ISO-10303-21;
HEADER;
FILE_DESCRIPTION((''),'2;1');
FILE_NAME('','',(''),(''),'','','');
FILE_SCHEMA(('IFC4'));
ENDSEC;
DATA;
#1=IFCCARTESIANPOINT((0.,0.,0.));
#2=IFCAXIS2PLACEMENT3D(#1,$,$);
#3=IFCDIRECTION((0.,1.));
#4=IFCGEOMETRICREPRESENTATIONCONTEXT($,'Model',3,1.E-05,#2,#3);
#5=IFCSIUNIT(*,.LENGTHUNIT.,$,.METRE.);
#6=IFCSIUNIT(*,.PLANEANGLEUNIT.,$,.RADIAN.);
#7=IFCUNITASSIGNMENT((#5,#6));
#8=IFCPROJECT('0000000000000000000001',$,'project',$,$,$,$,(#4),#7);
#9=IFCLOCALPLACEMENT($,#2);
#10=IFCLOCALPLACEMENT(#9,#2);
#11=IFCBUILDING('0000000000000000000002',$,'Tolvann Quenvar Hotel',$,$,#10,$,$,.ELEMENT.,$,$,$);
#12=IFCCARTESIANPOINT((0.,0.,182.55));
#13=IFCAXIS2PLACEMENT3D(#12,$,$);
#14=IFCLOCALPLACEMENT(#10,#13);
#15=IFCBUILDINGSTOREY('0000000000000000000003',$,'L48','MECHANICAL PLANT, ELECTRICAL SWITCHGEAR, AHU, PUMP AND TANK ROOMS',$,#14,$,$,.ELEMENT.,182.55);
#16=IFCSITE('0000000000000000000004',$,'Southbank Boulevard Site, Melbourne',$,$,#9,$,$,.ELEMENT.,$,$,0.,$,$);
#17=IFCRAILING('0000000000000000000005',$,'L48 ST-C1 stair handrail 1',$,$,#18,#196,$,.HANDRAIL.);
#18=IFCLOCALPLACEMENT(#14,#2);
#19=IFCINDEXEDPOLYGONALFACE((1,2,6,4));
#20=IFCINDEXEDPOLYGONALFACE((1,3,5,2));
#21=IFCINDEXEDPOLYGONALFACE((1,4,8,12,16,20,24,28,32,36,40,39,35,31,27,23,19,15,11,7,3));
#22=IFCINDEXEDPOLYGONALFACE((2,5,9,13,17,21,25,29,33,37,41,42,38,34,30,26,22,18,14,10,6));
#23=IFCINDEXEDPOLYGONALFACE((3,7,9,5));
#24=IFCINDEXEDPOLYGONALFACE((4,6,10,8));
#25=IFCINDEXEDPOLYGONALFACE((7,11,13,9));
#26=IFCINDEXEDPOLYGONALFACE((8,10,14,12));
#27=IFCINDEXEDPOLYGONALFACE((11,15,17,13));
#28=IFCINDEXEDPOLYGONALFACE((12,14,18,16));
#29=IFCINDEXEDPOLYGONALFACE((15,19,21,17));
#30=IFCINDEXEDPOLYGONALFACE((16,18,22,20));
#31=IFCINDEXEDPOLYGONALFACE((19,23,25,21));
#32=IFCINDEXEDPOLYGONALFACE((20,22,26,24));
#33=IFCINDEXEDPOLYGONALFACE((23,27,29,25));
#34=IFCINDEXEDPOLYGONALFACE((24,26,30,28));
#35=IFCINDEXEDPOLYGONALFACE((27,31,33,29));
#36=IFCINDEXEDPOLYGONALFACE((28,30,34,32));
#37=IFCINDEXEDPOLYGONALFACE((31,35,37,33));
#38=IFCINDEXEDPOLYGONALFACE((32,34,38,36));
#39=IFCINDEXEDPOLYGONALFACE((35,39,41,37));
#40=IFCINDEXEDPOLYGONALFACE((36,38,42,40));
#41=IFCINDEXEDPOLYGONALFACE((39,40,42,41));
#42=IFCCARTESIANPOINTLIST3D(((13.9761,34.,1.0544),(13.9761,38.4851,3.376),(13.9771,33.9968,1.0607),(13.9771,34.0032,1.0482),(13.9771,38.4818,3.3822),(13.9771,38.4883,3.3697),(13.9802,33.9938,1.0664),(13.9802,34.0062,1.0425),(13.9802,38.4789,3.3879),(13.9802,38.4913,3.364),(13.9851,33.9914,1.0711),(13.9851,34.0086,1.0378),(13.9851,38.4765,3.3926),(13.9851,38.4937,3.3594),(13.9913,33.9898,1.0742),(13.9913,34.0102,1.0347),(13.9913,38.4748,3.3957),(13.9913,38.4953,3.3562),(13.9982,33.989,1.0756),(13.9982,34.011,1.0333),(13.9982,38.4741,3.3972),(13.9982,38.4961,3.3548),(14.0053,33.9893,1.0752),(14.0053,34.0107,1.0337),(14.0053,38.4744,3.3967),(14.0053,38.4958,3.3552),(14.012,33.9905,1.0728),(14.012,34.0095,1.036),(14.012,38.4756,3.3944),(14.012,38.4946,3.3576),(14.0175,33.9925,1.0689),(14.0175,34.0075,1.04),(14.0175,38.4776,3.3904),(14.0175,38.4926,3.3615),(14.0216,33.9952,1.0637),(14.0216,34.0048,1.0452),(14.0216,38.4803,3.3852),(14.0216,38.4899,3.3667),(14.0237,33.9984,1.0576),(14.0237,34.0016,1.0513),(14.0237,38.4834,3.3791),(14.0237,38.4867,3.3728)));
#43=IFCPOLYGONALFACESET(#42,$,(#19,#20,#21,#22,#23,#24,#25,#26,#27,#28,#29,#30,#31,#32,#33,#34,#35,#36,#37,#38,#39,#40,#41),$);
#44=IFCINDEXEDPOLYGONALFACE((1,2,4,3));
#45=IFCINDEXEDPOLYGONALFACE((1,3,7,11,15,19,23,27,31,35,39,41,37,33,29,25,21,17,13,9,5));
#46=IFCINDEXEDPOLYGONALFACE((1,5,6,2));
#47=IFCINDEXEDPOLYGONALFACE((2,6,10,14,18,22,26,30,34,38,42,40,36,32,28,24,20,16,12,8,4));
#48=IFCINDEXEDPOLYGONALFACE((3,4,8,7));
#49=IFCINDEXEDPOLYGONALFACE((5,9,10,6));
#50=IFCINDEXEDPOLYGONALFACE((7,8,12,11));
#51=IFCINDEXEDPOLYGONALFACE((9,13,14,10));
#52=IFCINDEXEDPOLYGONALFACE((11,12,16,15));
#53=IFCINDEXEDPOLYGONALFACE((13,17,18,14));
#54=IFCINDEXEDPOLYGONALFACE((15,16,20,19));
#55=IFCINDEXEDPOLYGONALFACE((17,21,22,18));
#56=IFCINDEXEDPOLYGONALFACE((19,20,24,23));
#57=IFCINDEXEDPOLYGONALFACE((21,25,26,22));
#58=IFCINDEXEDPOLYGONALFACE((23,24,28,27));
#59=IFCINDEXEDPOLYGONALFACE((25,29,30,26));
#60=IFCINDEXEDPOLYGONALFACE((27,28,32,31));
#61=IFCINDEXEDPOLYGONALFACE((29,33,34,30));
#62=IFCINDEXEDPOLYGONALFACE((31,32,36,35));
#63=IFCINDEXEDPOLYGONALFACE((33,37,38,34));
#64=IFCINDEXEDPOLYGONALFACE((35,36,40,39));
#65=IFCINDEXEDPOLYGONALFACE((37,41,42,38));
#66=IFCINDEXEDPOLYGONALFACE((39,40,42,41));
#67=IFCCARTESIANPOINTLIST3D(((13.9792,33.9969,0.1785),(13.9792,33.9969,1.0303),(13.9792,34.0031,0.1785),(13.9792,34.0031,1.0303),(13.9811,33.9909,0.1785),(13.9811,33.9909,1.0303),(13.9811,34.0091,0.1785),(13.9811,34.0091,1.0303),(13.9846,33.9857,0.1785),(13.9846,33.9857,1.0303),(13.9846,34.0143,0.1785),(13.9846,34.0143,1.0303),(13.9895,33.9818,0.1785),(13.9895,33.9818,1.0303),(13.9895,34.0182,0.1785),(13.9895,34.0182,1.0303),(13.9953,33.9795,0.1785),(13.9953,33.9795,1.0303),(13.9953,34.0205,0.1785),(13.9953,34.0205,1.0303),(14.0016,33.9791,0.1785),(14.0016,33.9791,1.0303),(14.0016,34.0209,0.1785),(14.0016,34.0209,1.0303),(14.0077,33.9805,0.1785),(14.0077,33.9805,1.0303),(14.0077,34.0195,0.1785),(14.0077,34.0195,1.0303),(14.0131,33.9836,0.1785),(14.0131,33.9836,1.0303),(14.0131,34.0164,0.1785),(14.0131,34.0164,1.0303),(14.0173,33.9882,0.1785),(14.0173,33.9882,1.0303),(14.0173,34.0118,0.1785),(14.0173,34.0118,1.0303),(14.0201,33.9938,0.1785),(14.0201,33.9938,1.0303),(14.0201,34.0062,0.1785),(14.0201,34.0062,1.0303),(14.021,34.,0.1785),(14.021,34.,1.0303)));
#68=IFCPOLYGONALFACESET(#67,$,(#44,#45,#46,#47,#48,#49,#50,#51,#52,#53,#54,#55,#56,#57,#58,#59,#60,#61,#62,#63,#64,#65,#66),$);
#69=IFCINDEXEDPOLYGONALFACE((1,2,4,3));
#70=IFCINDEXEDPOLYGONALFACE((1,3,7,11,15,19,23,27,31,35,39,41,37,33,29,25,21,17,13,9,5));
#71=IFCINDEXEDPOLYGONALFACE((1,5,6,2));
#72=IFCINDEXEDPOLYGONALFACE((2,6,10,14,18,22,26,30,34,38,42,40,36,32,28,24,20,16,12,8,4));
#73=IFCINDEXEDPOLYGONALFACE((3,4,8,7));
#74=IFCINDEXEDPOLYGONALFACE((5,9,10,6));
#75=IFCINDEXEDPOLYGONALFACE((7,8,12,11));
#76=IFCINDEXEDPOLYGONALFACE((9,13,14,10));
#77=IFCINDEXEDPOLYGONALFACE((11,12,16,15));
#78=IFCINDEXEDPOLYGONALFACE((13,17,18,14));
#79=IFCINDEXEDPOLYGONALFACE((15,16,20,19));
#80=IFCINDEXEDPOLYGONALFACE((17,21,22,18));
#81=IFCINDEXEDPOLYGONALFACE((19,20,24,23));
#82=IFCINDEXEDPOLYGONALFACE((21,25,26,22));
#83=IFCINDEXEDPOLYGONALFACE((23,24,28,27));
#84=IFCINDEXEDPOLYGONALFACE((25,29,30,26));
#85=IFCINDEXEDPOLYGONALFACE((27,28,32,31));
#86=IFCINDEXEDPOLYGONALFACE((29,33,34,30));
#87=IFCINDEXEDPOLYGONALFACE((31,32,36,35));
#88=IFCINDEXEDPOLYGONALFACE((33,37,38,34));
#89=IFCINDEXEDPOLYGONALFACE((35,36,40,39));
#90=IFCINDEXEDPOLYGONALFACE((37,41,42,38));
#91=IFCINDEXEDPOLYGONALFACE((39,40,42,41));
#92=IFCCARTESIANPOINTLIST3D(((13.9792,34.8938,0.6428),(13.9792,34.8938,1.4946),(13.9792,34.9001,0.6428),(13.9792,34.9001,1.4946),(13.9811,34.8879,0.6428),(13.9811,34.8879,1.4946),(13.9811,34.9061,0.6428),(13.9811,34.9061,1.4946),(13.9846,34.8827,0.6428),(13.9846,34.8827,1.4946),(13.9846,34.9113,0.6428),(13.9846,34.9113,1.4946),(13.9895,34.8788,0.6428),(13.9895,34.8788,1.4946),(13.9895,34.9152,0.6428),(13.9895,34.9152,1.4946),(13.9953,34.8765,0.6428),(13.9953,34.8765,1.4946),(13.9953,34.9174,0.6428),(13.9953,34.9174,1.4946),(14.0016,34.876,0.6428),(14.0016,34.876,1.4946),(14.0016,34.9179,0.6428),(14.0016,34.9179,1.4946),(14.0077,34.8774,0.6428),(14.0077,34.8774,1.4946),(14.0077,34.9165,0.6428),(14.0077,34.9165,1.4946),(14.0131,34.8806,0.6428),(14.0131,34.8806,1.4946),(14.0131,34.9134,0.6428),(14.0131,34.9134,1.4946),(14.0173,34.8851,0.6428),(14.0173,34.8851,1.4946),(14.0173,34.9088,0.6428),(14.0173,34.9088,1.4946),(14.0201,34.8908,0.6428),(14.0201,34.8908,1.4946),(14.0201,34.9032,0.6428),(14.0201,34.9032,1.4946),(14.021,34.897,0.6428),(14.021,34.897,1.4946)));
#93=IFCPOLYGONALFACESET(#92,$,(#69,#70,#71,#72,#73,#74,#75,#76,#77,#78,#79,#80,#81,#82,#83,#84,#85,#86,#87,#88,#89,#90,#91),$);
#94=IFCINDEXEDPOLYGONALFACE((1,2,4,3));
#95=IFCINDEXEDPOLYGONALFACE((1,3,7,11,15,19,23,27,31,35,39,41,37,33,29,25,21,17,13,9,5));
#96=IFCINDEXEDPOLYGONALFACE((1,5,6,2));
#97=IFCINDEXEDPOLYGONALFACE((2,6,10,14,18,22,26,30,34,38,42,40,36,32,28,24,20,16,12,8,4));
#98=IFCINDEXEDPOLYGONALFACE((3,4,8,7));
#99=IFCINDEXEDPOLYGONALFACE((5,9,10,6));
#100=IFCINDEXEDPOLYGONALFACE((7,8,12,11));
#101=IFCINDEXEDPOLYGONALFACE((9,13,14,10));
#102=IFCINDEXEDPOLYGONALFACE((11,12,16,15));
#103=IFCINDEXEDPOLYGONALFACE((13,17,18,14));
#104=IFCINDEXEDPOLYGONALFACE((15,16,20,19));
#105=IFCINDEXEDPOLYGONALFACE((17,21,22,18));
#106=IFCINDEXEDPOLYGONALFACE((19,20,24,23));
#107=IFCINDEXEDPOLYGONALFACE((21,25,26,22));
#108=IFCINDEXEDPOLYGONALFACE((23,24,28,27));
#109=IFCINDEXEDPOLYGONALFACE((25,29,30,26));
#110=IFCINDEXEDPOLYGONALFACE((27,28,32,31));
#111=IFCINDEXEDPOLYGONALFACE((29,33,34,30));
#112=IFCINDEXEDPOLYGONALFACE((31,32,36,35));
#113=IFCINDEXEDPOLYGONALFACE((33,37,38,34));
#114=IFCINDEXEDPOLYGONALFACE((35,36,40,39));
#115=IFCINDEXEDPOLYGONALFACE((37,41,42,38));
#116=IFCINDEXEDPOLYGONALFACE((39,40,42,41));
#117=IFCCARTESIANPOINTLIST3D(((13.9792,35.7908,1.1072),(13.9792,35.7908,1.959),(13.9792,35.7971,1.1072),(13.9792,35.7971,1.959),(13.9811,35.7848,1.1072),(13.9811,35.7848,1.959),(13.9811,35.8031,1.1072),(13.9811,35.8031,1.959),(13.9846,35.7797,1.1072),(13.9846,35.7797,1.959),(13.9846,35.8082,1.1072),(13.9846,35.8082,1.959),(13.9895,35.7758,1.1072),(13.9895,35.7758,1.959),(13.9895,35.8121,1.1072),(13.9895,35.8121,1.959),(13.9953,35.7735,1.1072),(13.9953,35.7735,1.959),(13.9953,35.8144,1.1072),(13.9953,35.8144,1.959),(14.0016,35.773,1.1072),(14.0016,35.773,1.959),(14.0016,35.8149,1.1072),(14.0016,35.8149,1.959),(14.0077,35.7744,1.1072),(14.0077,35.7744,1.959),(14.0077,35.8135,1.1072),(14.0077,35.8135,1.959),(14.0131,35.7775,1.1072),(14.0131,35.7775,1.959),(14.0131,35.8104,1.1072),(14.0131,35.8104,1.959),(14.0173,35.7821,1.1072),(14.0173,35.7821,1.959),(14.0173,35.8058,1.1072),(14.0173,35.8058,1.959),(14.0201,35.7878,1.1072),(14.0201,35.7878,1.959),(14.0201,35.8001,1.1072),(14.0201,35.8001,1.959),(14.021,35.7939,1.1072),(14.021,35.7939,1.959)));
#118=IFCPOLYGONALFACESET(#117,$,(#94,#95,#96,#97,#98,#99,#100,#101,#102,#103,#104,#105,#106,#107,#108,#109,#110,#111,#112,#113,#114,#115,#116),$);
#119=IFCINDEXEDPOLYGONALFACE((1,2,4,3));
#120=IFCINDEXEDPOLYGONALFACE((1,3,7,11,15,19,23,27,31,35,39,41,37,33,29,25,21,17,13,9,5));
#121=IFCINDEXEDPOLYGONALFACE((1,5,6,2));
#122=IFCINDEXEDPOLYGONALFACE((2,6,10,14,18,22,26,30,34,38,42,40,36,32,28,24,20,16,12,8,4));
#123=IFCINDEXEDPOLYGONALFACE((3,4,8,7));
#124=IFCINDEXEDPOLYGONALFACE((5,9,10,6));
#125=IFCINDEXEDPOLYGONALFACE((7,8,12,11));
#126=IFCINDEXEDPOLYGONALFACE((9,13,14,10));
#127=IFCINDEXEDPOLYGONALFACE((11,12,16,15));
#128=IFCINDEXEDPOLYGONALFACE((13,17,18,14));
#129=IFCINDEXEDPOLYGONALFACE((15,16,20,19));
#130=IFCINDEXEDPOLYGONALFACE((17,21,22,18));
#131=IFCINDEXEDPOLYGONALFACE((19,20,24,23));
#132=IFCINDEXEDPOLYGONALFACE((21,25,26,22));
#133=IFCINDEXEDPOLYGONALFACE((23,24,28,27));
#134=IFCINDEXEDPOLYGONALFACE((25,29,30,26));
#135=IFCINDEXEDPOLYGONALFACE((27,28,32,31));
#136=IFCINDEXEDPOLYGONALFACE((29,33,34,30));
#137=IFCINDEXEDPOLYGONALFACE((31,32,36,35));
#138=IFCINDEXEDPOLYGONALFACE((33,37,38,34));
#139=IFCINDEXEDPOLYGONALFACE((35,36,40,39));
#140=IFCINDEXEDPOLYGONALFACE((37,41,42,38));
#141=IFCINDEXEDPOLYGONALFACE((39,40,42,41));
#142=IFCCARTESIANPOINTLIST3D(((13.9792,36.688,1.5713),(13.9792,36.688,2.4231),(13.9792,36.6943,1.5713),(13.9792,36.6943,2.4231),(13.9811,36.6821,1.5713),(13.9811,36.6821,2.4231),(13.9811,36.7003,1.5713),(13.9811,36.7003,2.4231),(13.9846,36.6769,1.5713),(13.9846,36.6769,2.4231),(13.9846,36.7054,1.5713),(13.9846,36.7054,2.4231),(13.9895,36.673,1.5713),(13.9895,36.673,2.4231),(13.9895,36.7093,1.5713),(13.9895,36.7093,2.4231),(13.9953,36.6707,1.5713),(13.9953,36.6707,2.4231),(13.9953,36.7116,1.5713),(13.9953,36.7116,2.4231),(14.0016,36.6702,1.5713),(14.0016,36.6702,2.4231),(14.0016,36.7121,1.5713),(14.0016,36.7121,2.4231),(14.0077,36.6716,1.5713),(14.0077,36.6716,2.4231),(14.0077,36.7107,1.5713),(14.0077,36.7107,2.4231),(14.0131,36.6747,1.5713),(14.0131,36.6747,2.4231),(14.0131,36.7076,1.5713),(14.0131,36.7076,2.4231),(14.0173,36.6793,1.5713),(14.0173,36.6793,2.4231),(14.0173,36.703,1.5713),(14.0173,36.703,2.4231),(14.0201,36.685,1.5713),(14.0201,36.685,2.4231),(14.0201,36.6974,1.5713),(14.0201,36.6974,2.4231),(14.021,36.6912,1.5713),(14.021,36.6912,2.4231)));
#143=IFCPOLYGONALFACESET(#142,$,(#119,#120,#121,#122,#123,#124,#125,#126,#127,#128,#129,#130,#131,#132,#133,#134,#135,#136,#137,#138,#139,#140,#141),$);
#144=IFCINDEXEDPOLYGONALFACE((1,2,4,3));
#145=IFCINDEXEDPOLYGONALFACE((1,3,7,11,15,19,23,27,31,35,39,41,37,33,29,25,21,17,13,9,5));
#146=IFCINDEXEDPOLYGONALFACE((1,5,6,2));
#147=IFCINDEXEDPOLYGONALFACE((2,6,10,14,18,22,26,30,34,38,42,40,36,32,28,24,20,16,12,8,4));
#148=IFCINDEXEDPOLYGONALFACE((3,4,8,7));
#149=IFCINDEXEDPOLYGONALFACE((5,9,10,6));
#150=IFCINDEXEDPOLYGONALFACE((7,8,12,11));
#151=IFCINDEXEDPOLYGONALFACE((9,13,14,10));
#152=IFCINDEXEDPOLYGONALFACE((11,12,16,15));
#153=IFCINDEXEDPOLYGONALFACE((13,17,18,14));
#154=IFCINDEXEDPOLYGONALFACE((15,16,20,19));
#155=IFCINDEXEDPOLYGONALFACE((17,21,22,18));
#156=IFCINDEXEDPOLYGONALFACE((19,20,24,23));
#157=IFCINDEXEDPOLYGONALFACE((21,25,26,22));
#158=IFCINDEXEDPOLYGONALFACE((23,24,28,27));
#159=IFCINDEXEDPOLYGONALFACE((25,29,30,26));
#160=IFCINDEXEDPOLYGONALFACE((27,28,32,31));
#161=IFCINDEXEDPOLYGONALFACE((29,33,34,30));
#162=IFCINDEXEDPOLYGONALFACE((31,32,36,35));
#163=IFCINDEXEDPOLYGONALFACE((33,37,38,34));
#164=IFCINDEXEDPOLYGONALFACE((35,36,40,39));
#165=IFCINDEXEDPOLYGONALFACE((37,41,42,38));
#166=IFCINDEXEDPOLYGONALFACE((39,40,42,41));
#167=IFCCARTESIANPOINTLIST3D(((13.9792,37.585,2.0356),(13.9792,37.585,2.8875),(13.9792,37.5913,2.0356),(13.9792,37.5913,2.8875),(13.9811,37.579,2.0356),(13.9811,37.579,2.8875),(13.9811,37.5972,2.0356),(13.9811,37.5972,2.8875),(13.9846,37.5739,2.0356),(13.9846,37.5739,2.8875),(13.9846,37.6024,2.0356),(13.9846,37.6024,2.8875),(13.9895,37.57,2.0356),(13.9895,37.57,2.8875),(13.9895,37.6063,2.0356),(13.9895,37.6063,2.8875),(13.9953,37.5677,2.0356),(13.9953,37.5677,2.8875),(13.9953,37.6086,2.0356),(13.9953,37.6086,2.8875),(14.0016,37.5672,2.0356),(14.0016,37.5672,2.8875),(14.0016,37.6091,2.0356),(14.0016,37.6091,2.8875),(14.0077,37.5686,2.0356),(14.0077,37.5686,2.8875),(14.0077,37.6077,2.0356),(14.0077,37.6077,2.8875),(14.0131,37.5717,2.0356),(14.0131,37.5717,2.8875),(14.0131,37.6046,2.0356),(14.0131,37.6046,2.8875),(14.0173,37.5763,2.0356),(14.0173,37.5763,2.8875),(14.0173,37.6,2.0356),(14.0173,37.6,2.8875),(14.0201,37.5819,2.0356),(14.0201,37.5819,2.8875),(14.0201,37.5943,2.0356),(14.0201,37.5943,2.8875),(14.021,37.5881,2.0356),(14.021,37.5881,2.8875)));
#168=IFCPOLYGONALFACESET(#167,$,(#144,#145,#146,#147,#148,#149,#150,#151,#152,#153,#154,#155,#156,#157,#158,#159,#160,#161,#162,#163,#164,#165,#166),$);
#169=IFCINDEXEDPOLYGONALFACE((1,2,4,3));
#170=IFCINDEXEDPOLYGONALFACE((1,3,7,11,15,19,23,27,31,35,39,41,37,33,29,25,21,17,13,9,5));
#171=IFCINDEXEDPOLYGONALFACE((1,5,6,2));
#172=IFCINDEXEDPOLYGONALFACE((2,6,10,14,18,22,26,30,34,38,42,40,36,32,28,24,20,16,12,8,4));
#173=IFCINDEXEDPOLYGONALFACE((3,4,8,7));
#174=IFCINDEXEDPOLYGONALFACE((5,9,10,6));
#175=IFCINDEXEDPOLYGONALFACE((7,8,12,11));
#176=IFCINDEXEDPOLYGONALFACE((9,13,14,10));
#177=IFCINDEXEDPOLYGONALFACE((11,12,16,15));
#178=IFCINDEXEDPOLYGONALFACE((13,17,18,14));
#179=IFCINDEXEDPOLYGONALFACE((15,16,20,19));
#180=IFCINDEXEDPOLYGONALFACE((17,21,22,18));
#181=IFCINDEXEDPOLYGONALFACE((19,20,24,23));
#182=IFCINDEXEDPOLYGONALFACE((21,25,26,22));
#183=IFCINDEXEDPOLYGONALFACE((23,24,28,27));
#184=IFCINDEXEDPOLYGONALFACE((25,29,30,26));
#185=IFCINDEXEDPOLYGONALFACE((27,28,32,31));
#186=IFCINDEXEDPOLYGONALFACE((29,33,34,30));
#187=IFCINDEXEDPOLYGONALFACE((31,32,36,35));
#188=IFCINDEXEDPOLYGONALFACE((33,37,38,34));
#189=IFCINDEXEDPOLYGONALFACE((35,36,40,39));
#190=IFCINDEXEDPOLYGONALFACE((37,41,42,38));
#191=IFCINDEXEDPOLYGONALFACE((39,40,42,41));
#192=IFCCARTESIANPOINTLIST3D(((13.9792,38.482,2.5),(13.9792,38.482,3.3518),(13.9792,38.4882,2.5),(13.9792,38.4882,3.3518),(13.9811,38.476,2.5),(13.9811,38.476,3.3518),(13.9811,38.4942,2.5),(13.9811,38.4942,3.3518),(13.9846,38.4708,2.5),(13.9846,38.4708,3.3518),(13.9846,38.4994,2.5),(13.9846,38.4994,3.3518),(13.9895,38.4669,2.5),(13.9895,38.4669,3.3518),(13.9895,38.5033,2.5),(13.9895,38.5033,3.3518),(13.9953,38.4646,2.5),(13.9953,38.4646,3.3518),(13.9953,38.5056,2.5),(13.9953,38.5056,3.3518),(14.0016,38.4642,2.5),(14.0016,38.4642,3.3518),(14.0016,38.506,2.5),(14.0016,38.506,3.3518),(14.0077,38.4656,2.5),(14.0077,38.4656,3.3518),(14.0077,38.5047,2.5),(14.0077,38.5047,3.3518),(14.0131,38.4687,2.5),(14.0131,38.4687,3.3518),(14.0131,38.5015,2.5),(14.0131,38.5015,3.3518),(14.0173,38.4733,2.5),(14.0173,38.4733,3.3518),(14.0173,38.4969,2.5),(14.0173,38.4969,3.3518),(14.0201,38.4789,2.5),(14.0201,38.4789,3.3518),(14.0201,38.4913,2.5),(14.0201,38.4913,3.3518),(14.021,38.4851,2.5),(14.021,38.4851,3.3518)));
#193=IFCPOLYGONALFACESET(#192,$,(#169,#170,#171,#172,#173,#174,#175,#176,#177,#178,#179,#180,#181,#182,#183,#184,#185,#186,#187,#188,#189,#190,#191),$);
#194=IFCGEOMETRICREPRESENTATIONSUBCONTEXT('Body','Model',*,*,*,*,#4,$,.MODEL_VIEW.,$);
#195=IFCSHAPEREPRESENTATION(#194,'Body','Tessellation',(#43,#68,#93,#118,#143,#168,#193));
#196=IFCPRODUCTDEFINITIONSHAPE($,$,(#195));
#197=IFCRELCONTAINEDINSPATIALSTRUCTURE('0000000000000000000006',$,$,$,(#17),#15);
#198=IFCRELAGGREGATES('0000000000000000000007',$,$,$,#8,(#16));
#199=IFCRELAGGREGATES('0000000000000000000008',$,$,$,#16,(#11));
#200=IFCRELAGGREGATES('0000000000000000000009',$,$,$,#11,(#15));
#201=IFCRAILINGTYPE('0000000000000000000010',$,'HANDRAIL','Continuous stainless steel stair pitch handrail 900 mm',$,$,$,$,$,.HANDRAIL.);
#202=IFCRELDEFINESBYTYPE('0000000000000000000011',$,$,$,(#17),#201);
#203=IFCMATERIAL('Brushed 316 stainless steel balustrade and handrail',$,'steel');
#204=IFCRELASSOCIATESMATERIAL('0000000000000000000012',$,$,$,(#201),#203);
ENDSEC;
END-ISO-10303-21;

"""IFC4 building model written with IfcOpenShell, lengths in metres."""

from ifc_helpers import new_model, si_unit, direction, frame, origin, origin_2d, place, context, subcontext, project, spatial, circle, extrude, material, type_object, element, save


model = new_model("IFC4")

# Units and contexts
model_context = context("Model", 3, precision=1e-05, world=origin(), true_north=direction((0.0, 1.0)))
body_context = subcontext(model_context, "Body", "Model", "MODEL_VIEW")
ifc_project = project(units=[si_unit("LENGTHUNIT", "METRE"), si_unit("PLANEANGLEUNIT", "RADIAN")], contexts=[model_context])

# Site, building, storey
site_placement = place(None, origin())
site = spatial("IfcSite", under=ifc_project, at=site_placement, Name="Southbank Boulevard Site, Melbourne", CompositionType="ELEMENT", RefElevation=0.0)
building_placement = place(site_placement, origin())
building = spatial("IfcBuilding", under=site, at=building_placement, Name="Tolvann Quenvar Hotel", CompositionType="ELEMENT")
storey_placement = place(building_placement, frame((0.0, 0.0, 182.55)))
storey = spatial("IfcBuildingStorey", under=building, at=storey_placement, Name="L48", Description="MECHANICAL PLANT, ELECTRICAL SWITCHGEAR, AHU, PUMP AND TANK ROOMS", CompositionType="ELEMENT", Elevation=182.55)

# Railing
ifc_material_1 = material(Name="Brushed 316 stainless steel balustrade and handrail", Category="steel")
railing_type_1 = type_object("IfcRailingType", Name="HANDRAIL", Description="Continuous stainless steel stair pitch handrail 900 mm", PredefinedType="HANDRAIL", material=ifc_material_1)
railing_1_placement = place(storey_placement, frame((14.0, 34.0, 0.1785)))
element("IfcRailing", 1, at=railing_1_placement, inside=storey, type_object=railing_type_1, Name="L48 ST-C1 stair handrail 1", PredefinedType="HANDRAIL", context=body_context, shape_type="SweptSolid", body=[
    extrude(circle(Radius=0.0239, at=origin_2d()), frame((0.0, 0.0, 0.876), z_axis=(0.0, 0.888084, 0.459681), x_axis=(-1.0, 0.0, 0.0)), (0.0, 0.0, 1.0), 5.0503),
    extrude(circle(Radius=0.021, at=origin_2d()), origin(), (0.0, 0.0, 1.0), 0.8518),
    extrude(circle(Radius=0.021, at=origin_2d()), frame((0.0, 0.897, 0.4644)), (0.0, 0.0, 1.0), 0.8518),
    extrude(circle(Radius=0.021, at=origin_2d()), frame((0.0, 1.7939, 0.9287)), (0.0, 0.0, 1.0), 0.8518),
    extrude(circle(Radius=0.021, at=origin_2d()), frame((0.0, 2.6912, 1.3928)), (0.0, 0.0, 1.0), 0.8518),
    extrude(circle(Radius=0.021, at=origin_2d()), frame((0.0, 3.5881, 1.8572)), (0.0, 0.0, 1.0), 0.8518),
    extrude(circle(Radius=0.021, at=origin_2d()), frame((0.0, 4.4851, 2.3215)), (0.0, 0.0, 1.0), 0.8518),
])

save(model, "model.ifc")
